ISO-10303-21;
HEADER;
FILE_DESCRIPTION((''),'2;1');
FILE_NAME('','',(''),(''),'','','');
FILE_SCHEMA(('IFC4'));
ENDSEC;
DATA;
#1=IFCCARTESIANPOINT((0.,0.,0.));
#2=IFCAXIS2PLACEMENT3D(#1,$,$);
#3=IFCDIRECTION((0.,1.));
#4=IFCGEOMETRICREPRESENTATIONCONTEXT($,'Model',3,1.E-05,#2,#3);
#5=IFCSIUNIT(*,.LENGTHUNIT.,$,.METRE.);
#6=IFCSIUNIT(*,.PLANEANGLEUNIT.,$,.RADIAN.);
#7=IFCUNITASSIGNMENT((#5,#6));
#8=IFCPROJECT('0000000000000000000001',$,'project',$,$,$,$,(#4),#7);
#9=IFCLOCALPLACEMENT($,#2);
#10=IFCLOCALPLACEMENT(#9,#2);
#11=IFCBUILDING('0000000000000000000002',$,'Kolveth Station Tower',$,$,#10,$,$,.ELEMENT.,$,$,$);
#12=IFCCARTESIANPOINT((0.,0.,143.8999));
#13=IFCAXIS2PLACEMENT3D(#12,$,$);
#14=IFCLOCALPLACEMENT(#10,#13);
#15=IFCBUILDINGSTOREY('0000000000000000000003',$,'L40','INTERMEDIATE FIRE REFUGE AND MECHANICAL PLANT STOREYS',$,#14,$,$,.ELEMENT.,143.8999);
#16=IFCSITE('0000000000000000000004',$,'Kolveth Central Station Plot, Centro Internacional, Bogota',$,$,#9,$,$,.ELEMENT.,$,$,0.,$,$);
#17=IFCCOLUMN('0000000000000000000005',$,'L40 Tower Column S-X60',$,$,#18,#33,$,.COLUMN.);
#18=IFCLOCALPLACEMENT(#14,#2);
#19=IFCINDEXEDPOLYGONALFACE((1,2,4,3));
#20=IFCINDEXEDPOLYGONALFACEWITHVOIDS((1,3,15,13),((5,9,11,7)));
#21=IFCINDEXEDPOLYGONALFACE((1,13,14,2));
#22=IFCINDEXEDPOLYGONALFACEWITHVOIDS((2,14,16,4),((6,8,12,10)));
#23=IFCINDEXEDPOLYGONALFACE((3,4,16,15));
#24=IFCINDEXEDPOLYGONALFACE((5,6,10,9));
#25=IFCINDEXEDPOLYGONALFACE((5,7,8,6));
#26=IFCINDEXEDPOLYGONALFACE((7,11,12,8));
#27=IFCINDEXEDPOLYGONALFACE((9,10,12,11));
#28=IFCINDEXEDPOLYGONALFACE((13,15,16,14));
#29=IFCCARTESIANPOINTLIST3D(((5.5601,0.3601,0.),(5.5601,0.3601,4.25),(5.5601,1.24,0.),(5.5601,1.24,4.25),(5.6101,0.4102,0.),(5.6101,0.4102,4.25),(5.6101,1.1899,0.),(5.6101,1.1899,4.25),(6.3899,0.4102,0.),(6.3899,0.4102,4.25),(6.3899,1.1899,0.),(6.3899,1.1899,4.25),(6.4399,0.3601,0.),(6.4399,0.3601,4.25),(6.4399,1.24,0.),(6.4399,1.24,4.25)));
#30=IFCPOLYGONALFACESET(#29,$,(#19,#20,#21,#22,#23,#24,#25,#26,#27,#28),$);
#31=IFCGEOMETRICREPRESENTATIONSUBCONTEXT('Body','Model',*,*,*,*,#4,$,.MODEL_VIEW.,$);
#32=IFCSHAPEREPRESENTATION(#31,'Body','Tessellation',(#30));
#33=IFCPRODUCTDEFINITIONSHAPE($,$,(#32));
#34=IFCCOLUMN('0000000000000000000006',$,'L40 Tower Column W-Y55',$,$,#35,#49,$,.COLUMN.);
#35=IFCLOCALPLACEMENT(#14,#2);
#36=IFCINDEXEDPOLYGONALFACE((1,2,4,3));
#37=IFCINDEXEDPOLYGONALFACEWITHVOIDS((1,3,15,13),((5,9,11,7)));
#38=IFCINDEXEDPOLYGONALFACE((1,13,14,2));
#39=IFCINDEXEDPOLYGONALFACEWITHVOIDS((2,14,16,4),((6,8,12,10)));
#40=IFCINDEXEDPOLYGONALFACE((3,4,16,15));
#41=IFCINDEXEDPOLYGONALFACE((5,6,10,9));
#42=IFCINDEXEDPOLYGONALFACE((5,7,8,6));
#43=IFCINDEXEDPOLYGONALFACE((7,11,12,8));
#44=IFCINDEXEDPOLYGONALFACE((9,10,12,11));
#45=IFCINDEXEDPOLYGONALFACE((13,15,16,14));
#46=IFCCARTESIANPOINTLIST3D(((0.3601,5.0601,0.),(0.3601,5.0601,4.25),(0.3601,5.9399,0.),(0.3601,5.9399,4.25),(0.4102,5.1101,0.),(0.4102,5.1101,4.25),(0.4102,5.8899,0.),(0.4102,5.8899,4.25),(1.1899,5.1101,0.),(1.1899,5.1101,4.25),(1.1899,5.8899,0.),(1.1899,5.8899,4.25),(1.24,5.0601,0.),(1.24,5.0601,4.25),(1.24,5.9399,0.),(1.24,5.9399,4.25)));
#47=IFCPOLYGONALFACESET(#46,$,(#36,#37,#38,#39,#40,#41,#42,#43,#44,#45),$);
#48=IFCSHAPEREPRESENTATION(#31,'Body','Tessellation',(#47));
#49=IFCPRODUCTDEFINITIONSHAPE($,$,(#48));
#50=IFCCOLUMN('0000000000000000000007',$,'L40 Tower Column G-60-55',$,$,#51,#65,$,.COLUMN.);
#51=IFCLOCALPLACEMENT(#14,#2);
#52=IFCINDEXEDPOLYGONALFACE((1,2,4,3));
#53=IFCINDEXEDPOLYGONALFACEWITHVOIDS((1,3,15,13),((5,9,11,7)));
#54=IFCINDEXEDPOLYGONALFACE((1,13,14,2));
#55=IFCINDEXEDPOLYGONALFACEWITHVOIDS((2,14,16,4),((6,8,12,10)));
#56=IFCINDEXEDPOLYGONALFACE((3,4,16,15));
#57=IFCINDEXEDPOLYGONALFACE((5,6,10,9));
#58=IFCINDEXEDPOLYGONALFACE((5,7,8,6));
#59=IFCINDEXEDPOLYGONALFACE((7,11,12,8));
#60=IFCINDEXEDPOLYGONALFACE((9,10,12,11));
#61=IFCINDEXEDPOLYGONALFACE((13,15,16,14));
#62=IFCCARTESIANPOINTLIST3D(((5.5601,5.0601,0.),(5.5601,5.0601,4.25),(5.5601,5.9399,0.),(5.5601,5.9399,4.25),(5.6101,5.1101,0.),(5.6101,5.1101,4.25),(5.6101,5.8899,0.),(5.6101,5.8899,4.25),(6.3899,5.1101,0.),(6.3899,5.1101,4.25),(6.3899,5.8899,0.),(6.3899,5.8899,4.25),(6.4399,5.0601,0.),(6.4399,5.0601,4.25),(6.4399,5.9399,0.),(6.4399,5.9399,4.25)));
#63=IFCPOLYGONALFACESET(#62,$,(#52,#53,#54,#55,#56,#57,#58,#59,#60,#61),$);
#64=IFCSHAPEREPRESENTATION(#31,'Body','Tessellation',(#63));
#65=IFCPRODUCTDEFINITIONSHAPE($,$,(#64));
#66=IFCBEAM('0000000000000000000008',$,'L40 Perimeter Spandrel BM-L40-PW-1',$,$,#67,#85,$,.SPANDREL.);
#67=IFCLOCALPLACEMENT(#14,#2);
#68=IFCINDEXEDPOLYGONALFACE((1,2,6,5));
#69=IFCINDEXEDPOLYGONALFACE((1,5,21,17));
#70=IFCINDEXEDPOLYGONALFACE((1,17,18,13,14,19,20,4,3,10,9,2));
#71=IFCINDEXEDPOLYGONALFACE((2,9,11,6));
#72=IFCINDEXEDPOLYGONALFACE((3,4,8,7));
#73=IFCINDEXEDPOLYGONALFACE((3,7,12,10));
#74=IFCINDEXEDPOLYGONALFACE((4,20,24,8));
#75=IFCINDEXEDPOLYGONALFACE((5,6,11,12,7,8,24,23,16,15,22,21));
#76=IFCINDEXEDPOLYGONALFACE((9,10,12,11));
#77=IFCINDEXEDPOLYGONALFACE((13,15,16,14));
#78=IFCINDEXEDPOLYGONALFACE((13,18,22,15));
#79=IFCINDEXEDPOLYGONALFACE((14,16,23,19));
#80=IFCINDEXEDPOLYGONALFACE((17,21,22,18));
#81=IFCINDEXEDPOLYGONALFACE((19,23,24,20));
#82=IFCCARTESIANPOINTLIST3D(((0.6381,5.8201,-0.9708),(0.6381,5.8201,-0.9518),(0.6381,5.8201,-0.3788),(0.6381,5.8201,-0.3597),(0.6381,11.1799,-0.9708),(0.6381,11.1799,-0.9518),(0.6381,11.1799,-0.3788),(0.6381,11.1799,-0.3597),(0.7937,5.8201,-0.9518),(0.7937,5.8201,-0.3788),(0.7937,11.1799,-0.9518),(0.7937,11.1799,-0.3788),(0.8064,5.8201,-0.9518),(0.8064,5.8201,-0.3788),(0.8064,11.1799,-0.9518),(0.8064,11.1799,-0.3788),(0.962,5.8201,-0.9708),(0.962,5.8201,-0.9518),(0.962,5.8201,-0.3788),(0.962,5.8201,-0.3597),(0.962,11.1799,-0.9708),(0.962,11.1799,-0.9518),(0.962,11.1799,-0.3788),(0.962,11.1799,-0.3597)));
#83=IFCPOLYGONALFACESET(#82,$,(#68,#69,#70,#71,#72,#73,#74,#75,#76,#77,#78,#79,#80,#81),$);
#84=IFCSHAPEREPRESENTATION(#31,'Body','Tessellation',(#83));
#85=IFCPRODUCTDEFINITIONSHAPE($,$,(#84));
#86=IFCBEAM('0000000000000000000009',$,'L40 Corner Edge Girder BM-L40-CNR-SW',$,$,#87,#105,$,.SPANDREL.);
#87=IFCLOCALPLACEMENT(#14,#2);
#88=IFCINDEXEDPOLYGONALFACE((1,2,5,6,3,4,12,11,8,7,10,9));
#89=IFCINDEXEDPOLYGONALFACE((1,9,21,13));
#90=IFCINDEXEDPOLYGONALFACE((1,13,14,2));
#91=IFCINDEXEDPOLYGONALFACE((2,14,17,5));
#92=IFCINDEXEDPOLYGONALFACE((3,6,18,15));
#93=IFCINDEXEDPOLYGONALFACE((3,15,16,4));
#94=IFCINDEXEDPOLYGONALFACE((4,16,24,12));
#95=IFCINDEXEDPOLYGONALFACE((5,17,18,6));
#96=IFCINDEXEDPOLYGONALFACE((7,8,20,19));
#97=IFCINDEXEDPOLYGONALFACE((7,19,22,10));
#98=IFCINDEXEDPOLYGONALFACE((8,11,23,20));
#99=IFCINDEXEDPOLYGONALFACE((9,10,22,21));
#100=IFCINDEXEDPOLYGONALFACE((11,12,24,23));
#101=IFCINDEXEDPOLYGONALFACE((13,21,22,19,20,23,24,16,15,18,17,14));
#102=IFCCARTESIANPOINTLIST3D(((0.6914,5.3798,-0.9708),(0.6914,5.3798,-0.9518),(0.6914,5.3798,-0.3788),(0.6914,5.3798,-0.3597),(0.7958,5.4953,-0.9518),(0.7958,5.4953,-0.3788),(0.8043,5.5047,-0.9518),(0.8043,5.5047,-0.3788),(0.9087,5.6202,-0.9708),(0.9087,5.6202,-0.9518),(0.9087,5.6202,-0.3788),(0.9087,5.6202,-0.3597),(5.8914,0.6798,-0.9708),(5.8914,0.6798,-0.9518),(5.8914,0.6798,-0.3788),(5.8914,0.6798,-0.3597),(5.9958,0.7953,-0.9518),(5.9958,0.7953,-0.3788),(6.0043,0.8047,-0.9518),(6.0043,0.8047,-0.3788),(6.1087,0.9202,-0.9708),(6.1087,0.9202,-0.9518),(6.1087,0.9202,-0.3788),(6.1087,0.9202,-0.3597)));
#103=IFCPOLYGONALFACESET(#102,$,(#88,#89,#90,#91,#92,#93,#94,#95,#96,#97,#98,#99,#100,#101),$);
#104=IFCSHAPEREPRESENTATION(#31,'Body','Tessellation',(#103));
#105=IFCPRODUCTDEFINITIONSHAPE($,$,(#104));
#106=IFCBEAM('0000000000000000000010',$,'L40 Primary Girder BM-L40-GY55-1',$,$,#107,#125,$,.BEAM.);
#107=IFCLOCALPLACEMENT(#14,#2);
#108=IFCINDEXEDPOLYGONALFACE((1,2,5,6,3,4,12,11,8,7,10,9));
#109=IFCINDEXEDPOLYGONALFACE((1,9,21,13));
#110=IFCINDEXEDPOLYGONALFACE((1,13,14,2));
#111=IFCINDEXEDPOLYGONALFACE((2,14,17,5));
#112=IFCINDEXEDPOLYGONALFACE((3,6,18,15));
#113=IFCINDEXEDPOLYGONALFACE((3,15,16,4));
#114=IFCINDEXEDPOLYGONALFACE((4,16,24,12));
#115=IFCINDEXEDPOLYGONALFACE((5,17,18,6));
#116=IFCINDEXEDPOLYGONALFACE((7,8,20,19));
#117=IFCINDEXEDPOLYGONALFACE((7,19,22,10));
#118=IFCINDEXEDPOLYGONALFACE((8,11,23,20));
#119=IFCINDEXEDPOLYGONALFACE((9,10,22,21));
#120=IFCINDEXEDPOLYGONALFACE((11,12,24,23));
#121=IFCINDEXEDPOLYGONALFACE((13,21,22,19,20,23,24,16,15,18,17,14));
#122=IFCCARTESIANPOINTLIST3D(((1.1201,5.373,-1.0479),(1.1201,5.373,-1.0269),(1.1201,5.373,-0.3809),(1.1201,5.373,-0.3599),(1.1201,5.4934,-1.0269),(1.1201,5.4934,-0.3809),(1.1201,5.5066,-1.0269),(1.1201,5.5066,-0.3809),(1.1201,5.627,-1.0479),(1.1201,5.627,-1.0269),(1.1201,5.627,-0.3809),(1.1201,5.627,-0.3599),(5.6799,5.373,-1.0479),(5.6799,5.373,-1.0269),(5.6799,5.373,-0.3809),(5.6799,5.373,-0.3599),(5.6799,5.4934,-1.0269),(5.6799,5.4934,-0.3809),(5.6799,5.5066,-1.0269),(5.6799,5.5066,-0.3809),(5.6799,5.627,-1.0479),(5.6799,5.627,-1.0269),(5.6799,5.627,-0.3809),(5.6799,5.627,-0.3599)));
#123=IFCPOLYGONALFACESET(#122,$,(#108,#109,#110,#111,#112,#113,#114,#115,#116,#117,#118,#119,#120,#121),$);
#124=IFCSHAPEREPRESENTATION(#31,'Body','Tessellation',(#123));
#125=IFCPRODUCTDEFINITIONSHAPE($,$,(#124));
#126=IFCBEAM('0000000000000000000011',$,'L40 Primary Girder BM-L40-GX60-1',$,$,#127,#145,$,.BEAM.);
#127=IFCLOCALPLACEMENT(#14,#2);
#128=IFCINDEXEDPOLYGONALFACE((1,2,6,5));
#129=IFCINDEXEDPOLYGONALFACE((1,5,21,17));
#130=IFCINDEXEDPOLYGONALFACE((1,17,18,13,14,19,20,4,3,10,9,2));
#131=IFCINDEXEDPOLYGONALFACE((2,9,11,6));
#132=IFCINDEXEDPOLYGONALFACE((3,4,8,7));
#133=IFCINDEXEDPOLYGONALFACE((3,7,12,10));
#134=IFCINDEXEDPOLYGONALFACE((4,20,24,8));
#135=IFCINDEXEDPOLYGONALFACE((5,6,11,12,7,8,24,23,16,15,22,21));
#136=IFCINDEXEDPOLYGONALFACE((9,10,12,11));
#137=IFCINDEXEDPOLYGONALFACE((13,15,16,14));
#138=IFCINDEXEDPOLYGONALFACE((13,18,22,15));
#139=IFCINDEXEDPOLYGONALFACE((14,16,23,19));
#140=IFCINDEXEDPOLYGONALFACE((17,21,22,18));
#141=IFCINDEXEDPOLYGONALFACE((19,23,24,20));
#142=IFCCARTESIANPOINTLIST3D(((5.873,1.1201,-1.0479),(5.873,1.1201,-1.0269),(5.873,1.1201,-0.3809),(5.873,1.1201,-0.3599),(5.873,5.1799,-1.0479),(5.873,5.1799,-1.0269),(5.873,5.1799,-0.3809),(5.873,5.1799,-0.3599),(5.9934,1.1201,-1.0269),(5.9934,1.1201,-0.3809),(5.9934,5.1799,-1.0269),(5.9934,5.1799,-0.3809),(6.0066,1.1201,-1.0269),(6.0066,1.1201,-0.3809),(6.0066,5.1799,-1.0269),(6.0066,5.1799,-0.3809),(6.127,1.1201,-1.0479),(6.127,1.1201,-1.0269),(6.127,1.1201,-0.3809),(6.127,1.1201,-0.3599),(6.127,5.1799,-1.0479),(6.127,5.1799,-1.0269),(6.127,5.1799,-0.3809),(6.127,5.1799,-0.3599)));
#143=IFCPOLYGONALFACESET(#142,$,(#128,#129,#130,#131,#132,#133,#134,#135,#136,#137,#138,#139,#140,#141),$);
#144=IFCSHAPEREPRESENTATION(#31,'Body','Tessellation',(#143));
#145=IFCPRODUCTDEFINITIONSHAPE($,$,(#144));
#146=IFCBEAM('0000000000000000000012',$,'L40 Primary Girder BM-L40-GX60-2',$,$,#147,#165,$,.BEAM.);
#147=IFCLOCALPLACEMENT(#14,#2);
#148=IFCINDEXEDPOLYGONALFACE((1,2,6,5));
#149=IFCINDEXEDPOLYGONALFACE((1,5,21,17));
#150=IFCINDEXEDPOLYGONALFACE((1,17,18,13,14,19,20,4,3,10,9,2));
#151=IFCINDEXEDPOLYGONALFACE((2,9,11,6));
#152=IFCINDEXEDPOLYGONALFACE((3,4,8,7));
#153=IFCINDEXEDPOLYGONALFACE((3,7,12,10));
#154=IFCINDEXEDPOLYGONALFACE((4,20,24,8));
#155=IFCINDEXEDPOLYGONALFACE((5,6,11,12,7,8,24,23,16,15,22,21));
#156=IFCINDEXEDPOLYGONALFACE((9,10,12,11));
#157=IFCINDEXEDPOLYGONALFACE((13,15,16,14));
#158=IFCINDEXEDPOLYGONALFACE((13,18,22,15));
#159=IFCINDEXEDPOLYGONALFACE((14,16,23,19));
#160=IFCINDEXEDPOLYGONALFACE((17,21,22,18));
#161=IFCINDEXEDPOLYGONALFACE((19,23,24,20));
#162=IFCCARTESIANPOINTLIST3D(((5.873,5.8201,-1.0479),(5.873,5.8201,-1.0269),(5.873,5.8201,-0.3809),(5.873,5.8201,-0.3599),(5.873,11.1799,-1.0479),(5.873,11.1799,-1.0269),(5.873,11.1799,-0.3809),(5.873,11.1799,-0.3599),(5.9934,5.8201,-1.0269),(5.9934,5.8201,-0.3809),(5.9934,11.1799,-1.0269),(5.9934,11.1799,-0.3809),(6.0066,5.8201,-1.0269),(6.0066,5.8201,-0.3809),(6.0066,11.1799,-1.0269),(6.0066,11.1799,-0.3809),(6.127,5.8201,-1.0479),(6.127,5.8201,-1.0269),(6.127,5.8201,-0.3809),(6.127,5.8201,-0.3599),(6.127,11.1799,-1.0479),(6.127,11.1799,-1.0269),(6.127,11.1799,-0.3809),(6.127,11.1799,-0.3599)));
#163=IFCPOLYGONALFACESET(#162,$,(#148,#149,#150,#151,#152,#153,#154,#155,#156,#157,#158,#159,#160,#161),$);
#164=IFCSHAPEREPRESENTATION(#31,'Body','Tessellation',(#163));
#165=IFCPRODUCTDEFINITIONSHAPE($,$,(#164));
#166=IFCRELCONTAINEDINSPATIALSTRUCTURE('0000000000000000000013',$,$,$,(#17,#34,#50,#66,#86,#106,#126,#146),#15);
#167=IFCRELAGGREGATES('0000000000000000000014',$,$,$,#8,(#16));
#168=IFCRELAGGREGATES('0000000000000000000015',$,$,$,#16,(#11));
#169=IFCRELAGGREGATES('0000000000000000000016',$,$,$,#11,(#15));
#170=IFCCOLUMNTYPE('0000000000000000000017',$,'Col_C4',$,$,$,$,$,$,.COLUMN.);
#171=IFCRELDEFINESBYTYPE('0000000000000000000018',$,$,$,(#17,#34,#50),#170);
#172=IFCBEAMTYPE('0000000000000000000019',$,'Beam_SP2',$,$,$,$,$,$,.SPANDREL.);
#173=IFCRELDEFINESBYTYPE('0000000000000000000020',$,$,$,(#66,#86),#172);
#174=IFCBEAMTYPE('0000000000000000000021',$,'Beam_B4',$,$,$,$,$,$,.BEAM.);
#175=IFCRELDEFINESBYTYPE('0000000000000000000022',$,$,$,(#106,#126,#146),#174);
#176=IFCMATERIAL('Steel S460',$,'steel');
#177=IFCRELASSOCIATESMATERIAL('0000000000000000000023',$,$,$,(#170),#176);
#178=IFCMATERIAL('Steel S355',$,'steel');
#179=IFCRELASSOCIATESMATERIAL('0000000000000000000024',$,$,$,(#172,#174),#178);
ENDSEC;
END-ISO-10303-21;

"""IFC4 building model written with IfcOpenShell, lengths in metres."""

from ifc_helpers import new_model, si_unit, direction, frame, origin, origin_2d, place, context, subcontext, project, spatial, hollow_rectangle, i_section, extrude, source, transform, mapped, material, material_profile, profile_set, type_object, element, save


model = new_model("IFC4")

# Units and contexts
model_context = context("Model", 3, precision=1e-05, world=origin(), true_north=direction((0.0, 1.0)))
body_context = subcontext(model_context, "Body", "Model", "MODEL_VIEW")
ifc_project = project(units=[si_unit("LENGTHUNIT", "METRE"), si_unit("PLANEANGLEUNIT", "RADIAN")], contexts=[model_context])

# Site, building, storey
site_placement = place(None, origin())
site = spatial("IfcSite", under=ifc_project, at=site_placement, Name="Kolveth Central Station Plot, Centro Internacional, Bogota", CompositionType="ELEMENT", RefElevation=0.0)
building_placement = place(site_placement, origin())
building = spatial("IfcBuilding", under=site, at=building_placement, Name="Kolveth Station Tower", CompositionType="ELEMENT")
storey_placement = place(building_placement, frame((0.0, 0.0, 143.8999)))
storey = spatial("IfcBuildingStorey", under=building, at=storey_placement, Name="L40", Description="INTERMEDIATE FIRE REFUGE AND MECHANICAL PLANT STOREYS", CompositionType="ELEMENT", Elevation=143.8999)

# Columns
ifc_material_1 = material(Name="Steel S460", Category="steel")
ifc_material_profile_1 = material_profile(ifc_material_1, hollow_rectangle(XDim=0.8799, YDim=0.8799, WallThickness=0.05, at=origin_2d()), Name="BOX880x880x50")
ifc_profile_set_1 = profile_set([ifc_material_profile_1], Name="Steel S460")
column_type = type_object("IfcColumnType", Name="Col_C4", PredefinedType="COLUMN", material=ifc_profile_set_1)
shared_shape_1 = source(origin(), body_context, "Body", "SweptSolid", [
    extrude(hollow_rectangle(XDim=0.8799, YDim=0.8799, WallThickness=0.05, at=origin_2d()), origin(), (0.0, 0.0, 1.0), 4.25),
])
for number, where, z_axis, x_axis, name in (
    (1, (6.0, 0.8, 0.0), (0.0, 0.0, 1.0), (1.0, 0.0, 0.0), "L40 Tower Column S-X60"),
    (2, (0.8, 5.5, 0.0), (0.0, 0.0, 1.0), (1.0, 0.0, 0.0), "L40 Tower Column W-Y55"),
    (3, (6.0, 5.5, 0.0), (0.0, 0.0, 1.0), (1.0, 0.0, 0.0), "L40 Tower Column G-60-55"),
):
    element("IfcColumn", number, at=place(storey_placement, frame(where, z_axis=z_axis, x_axis=x_axis)), inside=storey, type_object=column_type, Name=name, PredefinedType="COLUMN", context=body_context, shape_type="MappedRepresentation", body=[
        mapped(shared_shape_1, transform((0.0, 0.0, 0.0), x_axis=(1.0, 0.0, 0.0), y_axis=(0.0, 1.0, 0.0), z_axis=(0.0, 0.0, 1.0), scale=1.0)),
    ])

# Beams
ifc_material_2 = material(Name="Steel S355", Category="steel")
ifc_material_profile_2 = material_profile(ifc_material_2, i_section(OverallWidth=0.324, OverallDepth=0.6111, WebThickness=0.0127, FlangeThickness=0.019, at=origin_2d()), Name="W610x155")
ifc_profile_set_2 = profile_set([ifc_material_profile_2], Name="Steel S355")
beam_type_1 = type_object("IfcBeamType", Name="Beam_SP2", PredefinedType="SPANDREL", material=ifc_profile_set_2)
shared_shape_2 = source(origin(), body_context, "Body", "SweptSolid", [
    extrude(i_section(OverallWidth=0.324, OverallDepth=0.6111, WebThickness=0.0127, FlangeThickness=0.019, at=origin_2d()), origin(), (0.0, 0.0, 1.0), 5.3599),
])
beam_1_placement = place(storey_placement, frame((0.8, 5.8201, -0.6653), z_axis=(0.0, 1.0, 0.0), x_axis=(-1.0, 0.0, 0.0)))
element("IfcBeam", 4, at=beam_1_placement, inside=storey, type_object=beam_type_1, Name="L40 Perimeter Spandrel BM-L40-PW-1", PredefinedType="SPANDREL", context=body_context, shape_type="MappedRepresentation", body=[
    mapped(shared_shape_2, transform((0.0, 0.0, 0.0), x_axis=(1.0, 0.0, 0.0), y_axis=(0.0, 1.0, 0.0), z_axis=(0.0, 0.0, 1.0), scale=1.0)),
])
shared_shape_3 = source(origin(), body_context, "Body", "SweptSolid", [
    extrude(i_section(OverallWidth=0.324, OverallDepth=0.6111, WebThickness=0.0127, FlangeThickness=0.019, at=origin_2d()), origin(), (0.0, 0.0, 1.0), 7.0093),
])
beam_2_placement = place(storey_placement, frame((0.8, 5.5, -0.6653), z_axis=(0.741874, -0.670539, 0.0), x_axis=(0.670539, 0.741874, 0.0)))
element("IfcBeam", 5, at=beam_2_placement, inside=storey, type_object=beam_type_1, Name="L40 Corner Edge Girder BM-L40-CNR-SW", PredefinedType="SPANDREL", context=body_context, shape_type="MappedRepresentation", body=[
    mapped(shared_shape_3, transform((0.0, 0.0, 0.0), x_axis=(1.0, 0.0, 0.0), y_axis=(0.0, 1.0, 0.0), z_axis=(0.0, 0.0, 1.0), scale=1.0)),
])
ifc_material_profile_3 = material_profile(ifc_material_2, i_section(OverallWidth=0.2539, OverallDepth=0.688, WebThickness=0.0132, FlangeThickness=0.021, at=origin_2d()), Name="W690x152")
ifc_profile_set_3 = profile_set([ifc_material_profile_3], Name="Steel S355")
beam_type_2 = type_object("IfcBeamType", Name="Beam_B4", PredefinedType="BEAM", material=ifc_profile_set_3)
shared_shape_4 = source(origin(), body_context, "Body", "SweptSolid", [
    extrude(i_section(OverallWidth=0.2539, OverallDepth=0.688, WebThickness=0.0132, FlangeThickness=0.021, at=origin_2d()), origin(), (0.0, 0.0, 1.0), 4.5598),
])
beam_3_placement = place(storey_placement, frame((1.1201, 5.5, -0.7039), z_axis=(1.0, 0.0, 0.0), x_axis=(0.0, 1.0, 0.0)))
element("IfcBeam", 6, at=beam_3_placement, inside=storey, type_object=beam_type_2, Name="L40 Primary Girder BM-L40-GY55-1", PredefinedType="BEAM", context=body_context, shape_type="MappedRepresentation", body=[
    mapped(shared_shape_4, transform((0.0, 0.0, 0.0), x_axis=(1.0, 0.0, 0.0), y_axis=(0.0, 1.0, 0.0), z_axis=(0.0, 0.0, 1.0), scale=1.0)),
])
shared_shape_5 = source(origin(), body_context, "Body", "SweptSolid", [
    extrude(i_section(OverallWidth=0.2539, OverallDepth=0.688, WebThickness=0.0132, FlangeThickness=0.021, at=origin_2d()), origin(), (0.0, 0.0, 1.0), 4.0598),
])
beam_4_placement = place(storey_placement, frame((6.0, 1.1201, -0.7039), z_axis=(0.0, 1.0, 0.0), x_axis=(-1.0, 0.0, 0.0)))
element("IfcBeam", 7, at=beam_4_placement, inside=storey, type_object=beam_type_2, Name="L40 Primary Girder BM-L40-GX60-1", PredefinedType="BEAM", context=body_context, shape_type="MappedRepresentation", body=[
    mapped(shared_shape_5, transform((0.0, 0.0, 0.0), x_axis=(1.0, 0.0, 0.0), y_axis=(0.0, 1.0, 0.0), z_axis=(0.0, 0.0, 1.0), scale=1.0)),
])
shared_shape_6 = source(origin(), body_context, "Body", "SweptSolid", [
    extrude(i_section(OverallWidth=0.2539, OverallDepth=0.688, WebThickness=0.0132, FlangeThickness=0.021, at=origin_2d()), origin(), (0.0, 0.0, 1.0), 5.3599),
])
beam_5_placement = place(storey_placement, frame((6.0, 5.8201, -0.7039), z_axis=(0.0, 1.0, 0.0), x_axis=(-1.0, 0.0, 0.0)))
element("IfcBeam", 8, at=beam_5_placement, inside=storey, type_object=beam_type_2, Name="L40 Primary Girder BM-L40-GX60-2", PredefinedType="BEAM", context=body_context, shape_type="MappedRepresentation", body=[
    mapped(shared_shape_6, transform((0.0, 0.0, 0.0), x_axis=(1.0, 0.0, 0.0), y_axis=(0.0, 1.0, 0.0), z_axis=(0.0, 0.0, 1.0), scale=1.0)),
])

save(model, "model.ifc")
